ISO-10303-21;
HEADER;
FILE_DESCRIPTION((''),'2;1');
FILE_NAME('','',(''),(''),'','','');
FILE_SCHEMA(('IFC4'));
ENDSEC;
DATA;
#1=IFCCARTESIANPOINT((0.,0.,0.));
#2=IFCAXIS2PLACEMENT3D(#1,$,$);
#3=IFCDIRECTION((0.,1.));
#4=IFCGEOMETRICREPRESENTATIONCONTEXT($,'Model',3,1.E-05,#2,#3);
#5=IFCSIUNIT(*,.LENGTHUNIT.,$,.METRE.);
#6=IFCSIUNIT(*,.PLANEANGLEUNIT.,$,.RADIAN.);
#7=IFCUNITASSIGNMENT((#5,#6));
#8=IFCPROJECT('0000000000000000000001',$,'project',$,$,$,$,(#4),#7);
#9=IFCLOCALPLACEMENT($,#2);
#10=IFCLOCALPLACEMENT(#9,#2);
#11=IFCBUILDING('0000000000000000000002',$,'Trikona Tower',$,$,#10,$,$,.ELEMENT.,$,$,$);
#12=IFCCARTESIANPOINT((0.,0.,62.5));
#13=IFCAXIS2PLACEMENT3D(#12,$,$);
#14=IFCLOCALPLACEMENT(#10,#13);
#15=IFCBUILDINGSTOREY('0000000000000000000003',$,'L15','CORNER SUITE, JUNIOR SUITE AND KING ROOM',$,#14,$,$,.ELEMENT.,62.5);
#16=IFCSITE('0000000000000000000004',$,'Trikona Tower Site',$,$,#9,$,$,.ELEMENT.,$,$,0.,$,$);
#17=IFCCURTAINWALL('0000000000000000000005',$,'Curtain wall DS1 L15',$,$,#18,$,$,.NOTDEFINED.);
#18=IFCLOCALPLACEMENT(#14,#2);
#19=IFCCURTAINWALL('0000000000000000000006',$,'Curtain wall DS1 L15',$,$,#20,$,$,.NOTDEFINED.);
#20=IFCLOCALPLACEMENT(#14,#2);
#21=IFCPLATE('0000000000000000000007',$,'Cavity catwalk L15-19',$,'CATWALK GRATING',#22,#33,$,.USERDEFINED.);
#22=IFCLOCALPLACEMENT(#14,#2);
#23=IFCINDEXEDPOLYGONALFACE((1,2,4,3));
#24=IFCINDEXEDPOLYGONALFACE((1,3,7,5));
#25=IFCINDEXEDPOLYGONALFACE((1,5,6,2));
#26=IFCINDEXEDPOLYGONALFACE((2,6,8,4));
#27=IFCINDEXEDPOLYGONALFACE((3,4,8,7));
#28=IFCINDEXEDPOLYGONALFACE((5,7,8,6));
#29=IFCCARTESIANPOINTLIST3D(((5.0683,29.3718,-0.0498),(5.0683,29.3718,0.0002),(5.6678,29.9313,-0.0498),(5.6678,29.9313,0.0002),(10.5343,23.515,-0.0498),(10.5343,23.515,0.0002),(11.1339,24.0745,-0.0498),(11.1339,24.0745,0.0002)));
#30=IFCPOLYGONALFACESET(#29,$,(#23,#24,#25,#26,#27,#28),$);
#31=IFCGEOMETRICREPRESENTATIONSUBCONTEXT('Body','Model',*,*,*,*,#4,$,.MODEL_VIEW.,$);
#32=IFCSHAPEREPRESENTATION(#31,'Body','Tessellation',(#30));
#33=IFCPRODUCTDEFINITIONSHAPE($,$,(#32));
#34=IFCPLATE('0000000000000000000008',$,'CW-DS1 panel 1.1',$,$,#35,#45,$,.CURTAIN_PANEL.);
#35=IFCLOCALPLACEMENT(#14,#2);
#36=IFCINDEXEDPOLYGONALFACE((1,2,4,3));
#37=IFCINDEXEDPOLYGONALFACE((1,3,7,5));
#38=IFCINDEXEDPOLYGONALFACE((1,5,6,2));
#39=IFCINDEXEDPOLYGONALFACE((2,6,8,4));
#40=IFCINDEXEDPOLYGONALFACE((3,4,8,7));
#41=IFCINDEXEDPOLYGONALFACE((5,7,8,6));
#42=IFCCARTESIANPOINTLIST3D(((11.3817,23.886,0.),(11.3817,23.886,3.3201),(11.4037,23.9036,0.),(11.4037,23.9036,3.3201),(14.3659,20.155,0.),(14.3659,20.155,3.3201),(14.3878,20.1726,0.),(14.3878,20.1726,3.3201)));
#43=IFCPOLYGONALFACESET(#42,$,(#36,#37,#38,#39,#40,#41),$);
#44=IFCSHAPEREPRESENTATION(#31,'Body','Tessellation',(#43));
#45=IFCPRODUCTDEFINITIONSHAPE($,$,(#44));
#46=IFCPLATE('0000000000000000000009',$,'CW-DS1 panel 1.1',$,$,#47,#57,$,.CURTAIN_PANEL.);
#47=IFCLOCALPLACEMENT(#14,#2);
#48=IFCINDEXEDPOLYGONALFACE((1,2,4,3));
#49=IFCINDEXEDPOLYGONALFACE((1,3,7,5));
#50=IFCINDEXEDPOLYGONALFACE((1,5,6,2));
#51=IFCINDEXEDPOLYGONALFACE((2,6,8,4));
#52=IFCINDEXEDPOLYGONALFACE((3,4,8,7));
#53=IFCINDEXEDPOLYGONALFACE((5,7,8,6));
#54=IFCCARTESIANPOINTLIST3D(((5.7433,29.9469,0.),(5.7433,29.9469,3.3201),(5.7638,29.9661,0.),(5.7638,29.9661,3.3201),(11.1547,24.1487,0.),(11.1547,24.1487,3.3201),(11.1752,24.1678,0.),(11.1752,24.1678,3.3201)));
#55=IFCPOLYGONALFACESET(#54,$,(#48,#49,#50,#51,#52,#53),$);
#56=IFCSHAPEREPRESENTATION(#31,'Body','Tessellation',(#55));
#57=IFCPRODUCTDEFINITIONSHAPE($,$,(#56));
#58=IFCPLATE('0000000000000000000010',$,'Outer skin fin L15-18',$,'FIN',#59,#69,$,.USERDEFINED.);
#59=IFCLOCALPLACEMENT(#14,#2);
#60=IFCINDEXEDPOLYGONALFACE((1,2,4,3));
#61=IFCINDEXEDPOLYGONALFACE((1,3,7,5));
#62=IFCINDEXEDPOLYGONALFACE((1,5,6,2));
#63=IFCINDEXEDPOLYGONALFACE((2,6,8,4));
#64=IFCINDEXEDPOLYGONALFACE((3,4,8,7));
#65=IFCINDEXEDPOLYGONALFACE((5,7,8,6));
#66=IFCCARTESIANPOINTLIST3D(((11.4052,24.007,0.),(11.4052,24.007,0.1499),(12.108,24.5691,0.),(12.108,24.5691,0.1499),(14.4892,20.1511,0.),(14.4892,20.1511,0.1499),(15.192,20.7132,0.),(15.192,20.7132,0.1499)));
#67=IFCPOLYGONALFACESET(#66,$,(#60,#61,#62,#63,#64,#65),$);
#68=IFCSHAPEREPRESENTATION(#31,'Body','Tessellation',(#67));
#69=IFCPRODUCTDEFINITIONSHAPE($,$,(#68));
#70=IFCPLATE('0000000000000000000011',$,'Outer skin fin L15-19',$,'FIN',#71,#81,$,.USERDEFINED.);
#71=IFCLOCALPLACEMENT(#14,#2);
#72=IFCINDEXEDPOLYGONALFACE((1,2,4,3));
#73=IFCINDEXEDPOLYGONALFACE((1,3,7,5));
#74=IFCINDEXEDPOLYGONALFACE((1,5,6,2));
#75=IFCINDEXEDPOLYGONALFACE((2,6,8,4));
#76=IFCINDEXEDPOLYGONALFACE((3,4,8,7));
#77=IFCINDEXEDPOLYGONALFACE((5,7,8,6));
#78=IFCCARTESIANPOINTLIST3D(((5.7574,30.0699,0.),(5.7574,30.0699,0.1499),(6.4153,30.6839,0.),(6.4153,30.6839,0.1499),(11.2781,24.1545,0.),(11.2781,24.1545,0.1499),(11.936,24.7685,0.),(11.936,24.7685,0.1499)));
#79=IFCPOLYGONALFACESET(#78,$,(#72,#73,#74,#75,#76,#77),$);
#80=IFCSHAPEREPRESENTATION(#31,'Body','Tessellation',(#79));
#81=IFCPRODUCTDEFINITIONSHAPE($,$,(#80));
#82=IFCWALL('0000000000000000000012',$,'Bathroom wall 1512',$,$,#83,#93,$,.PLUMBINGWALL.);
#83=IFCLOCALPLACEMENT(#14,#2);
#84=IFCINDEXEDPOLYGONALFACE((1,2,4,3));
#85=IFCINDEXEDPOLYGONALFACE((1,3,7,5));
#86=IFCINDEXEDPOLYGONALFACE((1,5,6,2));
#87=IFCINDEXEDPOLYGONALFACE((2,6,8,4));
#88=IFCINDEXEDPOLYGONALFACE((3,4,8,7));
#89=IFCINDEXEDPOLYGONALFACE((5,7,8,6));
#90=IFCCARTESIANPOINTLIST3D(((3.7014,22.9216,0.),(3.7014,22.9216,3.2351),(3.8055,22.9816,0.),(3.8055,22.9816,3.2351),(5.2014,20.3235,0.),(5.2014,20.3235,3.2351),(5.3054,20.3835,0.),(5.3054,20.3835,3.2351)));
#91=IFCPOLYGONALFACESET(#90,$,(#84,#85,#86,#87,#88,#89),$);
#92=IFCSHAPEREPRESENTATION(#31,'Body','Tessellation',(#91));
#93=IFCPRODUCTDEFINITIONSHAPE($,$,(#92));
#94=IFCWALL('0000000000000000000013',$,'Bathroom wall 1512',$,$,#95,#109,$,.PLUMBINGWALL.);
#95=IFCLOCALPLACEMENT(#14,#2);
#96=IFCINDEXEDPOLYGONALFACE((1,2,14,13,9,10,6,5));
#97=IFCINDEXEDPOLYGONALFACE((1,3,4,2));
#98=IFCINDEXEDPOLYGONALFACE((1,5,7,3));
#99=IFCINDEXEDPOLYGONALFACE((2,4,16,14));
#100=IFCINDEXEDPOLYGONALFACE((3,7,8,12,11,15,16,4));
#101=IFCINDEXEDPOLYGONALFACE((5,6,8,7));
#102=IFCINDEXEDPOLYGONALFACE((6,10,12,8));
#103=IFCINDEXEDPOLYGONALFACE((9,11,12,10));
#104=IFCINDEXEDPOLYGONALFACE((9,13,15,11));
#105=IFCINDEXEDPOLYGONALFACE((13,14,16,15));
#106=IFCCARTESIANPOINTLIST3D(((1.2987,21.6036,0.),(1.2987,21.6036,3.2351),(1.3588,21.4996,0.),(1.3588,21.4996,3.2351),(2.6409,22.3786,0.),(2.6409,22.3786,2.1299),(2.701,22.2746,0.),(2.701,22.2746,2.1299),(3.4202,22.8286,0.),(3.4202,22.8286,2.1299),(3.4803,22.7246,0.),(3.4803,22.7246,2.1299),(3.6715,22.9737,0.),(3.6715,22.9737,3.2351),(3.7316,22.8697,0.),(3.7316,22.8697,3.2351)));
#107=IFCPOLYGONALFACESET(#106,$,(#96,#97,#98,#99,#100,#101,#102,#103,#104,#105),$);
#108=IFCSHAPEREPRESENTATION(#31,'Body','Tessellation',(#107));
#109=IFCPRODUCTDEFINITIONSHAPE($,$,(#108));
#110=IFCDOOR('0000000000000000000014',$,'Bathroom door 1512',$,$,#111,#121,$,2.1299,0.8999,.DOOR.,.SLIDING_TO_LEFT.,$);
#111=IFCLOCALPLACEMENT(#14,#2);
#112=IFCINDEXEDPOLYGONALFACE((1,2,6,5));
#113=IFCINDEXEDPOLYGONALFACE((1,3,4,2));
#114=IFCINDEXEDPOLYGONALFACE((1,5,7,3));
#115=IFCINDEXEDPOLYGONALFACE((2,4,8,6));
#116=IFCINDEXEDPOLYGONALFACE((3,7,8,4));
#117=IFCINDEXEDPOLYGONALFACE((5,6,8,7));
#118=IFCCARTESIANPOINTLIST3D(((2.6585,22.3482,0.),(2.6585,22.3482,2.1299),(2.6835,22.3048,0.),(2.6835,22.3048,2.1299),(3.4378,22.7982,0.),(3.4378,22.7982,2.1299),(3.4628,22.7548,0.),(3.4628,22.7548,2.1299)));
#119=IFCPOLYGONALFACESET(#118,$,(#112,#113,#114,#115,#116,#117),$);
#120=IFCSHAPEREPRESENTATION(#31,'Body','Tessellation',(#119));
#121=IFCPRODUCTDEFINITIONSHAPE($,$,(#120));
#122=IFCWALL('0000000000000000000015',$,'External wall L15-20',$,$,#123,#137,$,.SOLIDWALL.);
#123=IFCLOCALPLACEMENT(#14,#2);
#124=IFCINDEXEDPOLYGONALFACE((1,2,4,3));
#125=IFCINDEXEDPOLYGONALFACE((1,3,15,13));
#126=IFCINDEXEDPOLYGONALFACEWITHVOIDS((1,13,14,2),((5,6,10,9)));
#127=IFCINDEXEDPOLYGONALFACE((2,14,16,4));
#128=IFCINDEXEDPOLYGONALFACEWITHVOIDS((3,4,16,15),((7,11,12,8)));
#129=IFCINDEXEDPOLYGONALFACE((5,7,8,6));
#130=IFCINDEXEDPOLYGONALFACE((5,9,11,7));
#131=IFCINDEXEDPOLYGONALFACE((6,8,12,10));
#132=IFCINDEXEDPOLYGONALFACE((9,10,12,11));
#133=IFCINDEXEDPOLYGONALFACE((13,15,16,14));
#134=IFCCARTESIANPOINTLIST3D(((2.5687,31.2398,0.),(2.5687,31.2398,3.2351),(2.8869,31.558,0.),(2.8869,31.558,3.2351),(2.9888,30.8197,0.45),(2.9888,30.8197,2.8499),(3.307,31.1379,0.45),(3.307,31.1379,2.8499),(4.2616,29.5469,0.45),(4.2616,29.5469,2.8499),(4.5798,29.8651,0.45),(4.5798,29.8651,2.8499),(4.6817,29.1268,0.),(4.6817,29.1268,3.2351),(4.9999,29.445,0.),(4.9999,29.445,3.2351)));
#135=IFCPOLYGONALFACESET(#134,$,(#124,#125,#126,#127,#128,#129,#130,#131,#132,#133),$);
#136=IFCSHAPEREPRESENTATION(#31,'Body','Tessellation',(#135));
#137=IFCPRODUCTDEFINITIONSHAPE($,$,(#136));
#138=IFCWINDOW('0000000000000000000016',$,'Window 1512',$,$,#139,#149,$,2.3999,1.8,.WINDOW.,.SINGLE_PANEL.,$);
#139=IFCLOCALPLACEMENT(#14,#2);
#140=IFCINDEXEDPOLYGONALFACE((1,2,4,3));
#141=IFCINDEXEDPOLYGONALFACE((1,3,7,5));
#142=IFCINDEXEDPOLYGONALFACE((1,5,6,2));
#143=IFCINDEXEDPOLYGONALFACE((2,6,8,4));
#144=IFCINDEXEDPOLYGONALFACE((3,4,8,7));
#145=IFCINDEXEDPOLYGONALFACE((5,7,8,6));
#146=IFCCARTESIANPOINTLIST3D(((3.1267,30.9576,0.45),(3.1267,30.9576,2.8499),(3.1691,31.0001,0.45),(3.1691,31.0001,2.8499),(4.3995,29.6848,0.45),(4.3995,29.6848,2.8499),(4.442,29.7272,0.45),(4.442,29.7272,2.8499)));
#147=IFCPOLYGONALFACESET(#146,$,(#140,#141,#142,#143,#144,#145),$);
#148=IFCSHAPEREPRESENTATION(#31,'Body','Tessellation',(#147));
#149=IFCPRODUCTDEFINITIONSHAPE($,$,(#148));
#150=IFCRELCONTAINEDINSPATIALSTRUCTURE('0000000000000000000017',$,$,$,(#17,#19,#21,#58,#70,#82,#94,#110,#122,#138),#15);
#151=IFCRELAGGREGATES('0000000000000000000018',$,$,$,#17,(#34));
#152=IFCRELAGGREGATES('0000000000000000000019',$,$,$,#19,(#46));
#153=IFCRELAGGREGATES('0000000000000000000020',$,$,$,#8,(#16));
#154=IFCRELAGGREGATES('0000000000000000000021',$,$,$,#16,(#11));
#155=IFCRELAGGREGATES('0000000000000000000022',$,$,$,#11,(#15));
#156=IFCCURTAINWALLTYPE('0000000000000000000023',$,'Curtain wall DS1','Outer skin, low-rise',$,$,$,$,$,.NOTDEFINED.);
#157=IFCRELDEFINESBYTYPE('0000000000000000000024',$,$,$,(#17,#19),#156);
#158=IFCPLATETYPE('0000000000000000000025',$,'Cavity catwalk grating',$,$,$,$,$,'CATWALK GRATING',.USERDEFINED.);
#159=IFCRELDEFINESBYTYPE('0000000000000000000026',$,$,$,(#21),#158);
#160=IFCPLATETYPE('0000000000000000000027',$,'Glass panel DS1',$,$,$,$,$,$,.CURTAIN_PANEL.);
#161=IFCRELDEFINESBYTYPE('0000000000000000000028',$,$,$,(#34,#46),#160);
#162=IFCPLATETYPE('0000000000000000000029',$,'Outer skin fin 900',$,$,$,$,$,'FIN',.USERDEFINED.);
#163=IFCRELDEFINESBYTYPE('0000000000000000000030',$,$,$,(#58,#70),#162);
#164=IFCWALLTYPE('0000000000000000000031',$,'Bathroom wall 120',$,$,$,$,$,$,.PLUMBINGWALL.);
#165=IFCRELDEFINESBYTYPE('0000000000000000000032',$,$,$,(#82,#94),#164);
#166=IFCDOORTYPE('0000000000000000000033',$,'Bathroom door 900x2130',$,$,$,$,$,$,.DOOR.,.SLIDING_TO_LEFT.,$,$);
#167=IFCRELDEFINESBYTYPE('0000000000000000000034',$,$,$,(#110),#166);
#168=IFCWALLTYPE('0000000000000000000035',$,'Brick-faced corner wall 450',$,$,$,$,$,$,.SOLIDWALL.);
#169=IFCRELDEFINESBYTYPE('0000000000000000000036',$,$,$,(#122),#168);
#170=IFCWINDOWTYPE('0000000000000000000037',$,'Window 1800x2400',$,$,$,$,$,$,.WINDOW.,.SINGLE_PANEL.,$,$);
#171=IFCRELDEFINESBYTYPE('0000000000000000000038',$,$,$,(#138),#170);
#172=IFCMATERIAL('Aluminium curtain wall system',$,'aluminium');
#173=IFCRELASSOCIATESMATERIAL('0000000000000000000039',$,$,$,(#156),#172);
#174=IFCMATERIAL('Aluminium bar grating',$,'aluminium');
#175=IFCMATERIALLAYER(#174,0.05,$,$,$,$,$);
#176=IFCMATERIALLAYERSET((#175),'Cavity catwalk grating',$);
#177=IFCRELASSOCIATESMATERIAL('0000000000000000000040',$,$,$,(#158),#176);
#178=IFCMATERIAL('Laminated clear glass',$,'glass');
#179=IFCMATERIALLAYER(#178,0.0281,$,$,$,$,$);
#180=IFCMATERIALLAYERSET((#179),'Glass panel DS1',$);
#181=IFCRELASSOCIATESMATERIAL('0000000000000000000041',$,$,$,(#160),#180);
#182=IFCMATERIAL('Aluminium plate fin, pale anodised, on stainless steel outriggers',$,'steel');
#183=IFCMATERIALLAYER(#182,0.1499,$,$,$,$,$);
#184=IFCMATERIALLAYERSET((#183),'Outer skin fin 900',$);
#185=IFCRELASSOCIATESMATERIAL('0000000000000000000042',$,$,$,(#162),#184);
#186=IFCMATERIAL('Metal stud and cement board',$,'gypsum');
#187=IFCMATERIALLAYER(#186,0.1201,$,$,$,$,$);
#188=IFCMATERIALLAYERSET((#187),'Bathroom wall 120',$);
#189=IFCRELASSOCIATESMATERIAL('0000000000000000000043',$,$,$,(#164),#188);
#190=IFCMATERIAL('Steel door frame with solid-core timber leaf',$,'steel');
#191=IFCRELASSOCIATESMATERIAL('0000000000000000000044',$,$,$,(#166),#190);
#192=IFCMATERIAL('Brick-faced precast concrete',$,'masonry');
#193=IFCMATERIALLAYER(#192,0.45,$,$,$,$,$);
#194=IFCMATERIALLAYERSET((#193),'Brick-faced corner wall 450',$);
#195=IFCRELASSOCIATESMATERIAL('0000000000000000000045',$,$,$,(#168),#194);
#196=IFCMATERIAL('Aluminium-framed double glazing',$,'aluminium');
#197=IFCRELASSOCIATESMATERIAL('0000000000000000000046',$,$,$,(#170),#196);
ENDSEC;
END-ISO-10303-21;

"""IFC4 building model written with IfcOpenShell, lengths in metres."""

from ifc_helpers import new_model, si_unit, direction, frame, frame_2d, origin, origin_2d, place, context, subcontext, project, spatial, rectangle, extrude, material, layer, layer_set, type_object, element, fill, aggregate, save


model = new_model("IFC4")

# Units and contexts
model_context = context("Model", 3, precision=1e-05, world=origin(), true_north=direction((0.0, 1.0)))
body_context = subcontext(model_context, "Body", "Model", "MODEL_VIEW")
ifc_project = project(units=[si_unit("LENGTHUNIT", "METRE"), si_unit("PLANEANGLEUNIT", "RADIAN")], contexts=[model_context])

# Site, building, storey
site_placement = place(None, origin())
site = spatial("IfcSite", under=ifc_project, at=site_placement, Name="Trikona Tower Site", CompositionType="ELEMENT", RefElevation=0.0)
building_placement = place(site_placement, origin())
building = spatial("IfcBuilding", under=site, at=building_placement, Name="Trikona Tower", CompositionType="ELEMENT")
storey_placement = place(building_placement, frame((0.0, 0.0, 62.5)))
storey = spatial("IfcBuildingStorey", under=building, at=storey_placement, Name="L15", Description="CORNER SUITE, JUNIOR SUITE AND KING ROOM", CompositionType="ELEMENT", Elevation=62.5)

# Curtain wall
ifc_material_1 = material(Name="Aluminium curtain wall system", Category="aluminium")
curtain_wall_type = type_object("IfcCurtainWallType", Name="Curtain wall DS1", Description="Outer skin, low-rise", PredefinedType="NOTDEFINED", material=ifc_material_1)
curtain_wall_1_placement = place(storey_placement, origin())
curtain_wall_1 = element("IfcCurtainWall", 1, at=curtain_wall_1_placement, inside=storey, type_object=curtain_wall_type, Name="Curtain wall DS1 L15", PredefinedType="NOTDEFINED")

# Curtain wall
curtain_wall_2_placement = place(storey_placement, origin())
curtain_wall_2 = element("IfcCurtainWall", 2, at=curtain_wall_2_placement, inside=storey, type_object=curtain_wall_type, Name="Curtain wall DS1 L15", PredefinedType="NOTDEFINED")

# Plate
ifc_material_2 = material(Name="Aluminium bar grating", Category="aluminium")
ifc_layer_1 = layer(ifc_material_2, 0.05)
ifc_layer_set_1 = layer_set([ifc_layer_1], Name="Cavity catwalk grating")
plate_type_1 = type_object("IfcPlateType", Name="Cavity catwalk grating", ElementType="CATWALK GRATING", PredefinedType="USERDEFINED", material=ifc_layer_set_1)
plate_1_placement = place(storey_placement, frame((8.1011, 26.7231, -0.0498), z_axis=(0.0, 0.0, 1.0), x_axis=(-0.682298, 0.731074, 0.0)))
element("IfcPlate", 3, at=plate_1_placement, inside=storey, type_object=plate_type_1, Name="Cavity catwalk L15-19", ObjectType="CATWALK GRATING", PredefinedType="USERDEFINED", context=body_context, shape_type="SweptSolid", body=[
    extrude(rectangle(XDim=8.0112, YDim=0.8201, at=origin_2d()), origin(), (0.0, 0.0, 1.0), 0.05),
])

# Plates
ifc_material_3 = material(Name="Laminated clear glass", Category="glass")
ifc_layer_2 = layer(ifc_material_3, 0.0281)
ifc_layer_set_2 = layer_set([ifc_layer_2], Name="Glass panel DS1")
plate_type_2 = type_object("IfcPlateType", Name="Glass panel DS1", PredefinedType="CURTAIN_PANEL", material=ifc_layer_set_2)
plate_2_placement = place(storey_placement, frame((12.8848, 22.0293, 0.0), z_axis=(0.0, 0.0, 1.0), x_axis=(-0.624609, 0.780938, 0.0)))
plate_2 = element("IfcPlate", 4, at=plate_2_placement, type_object=plate_type_2, Name="CW-DS1 panel 1.1", PredefinedType="CURTAIN_PANEL", context=body_context, shape_type="SweptSolid", body=[
    extrude(rectangle(XDim=4.7776, YDim=0.0281, at=origin_2d()), origin(), (0.0, 0.0, 1.0), 3.3201),
])
aggregate(curtain_wall_1, [plate_2])
plate_3_placement = place(storey_placement, frame((8.4592, 27.0574, 0.0), z_axis=(0.0, 0.0, 1.0), x_axis=(-0.682295, 0.731077, 0.0)))
plate_3 = element("IfcPlate", 5, at=plate_3_placement, type_object=plate_type_2, Name="CW-DS1 panel 1.1", PredefinedType="CURTAIN_PANEL", context=body_context, shape_type="SweptSolid", body=[
    extrude(rectangle(XDim=7.9312, YDim=0.0281, at=origin_2d()), origin(), (0.0, 0.0, 1.0), 3.3201),
])
aggregate(curtain_wall_2, [plate_3])

# Plates
ifc_material_4 = material(Name="Aluminium plate fin, pale anodised, on stainless steel outriggers", Category="steel")
ifc_layer_3 = layer(ifc_material_4, 0.1499)
ifc_layer_set_3 = layer_set([ifc_layer_3], Name="Outer skin fin 900")
plate_type_3 = type_object("IfcPlateType", Name="Outer skin fin 900", ElementType="FIN", PredefinedType="USERDEFINED", material=ifc_layer_set_3)
plate_4_placement = place(storey_placement, frame((13.2986, 22.3601, 0.0), z_axis=(0.0, 0.0, 1.0), x_axis=(-0.624604, 0.780942, 0.0)))
element("IfcPlate", 6, at=plate_4_placement, inside=storey, type_object=plate_type_3, Name="Outer skin fin L15-18", ObjectType="FIN", PredefinedType="USERDEFINED", context=body_context, shape_type="SweptSolid", body=[
    extrude(rectangle(XDim=4.9375, YDim=0.8999, at=origin_2d()), origin(), (0.0, 0.0, 1.0), 0.1499),
])
plate_5_placement = place(storey_placement, frame((8.8467, 27.4192, 0.0), z_axis=(0.0, 0.0, 1.0), x_axis=(-0.682298, 0.731074, 0.0)))
element("IfcPlate", 7, at=plate_5_placement, inside=storey, type_object=plate_type_3, Name="Outer skin fin L15-19", ObjectType="FIN", PredefinedType="USERDEFINED", context=body_context, shape_type="SweptSolid", body=[
    extrude(rectangle(XDim=8.0913, YDim=0.8999, at=origin_2d()), origin(), (0.0, 0.0, 1.0), 0.1499),
])

# Wall
ifc_material_5 = material(Name="Metal stud and cement board", Category="gypsum")
ifc_layer_4 = layer(ifc_material_5, 0.1201)
ifc_layer_set_4 = layer_set([ifc_layer_4], Name="Bathroom wall 120")
wall_type_1 = type_object("IfcWallType", Name="Bathroom wall 120", PredefinedType="PLUMBINGWALL", material=ifc_layer_set_4)
wall_1_placement = place(storey_placement, frame((5.2534, 20.3535, 0.0), z_axis=(0.0, 0.0, 1.0), x_axis=(-0.49999, 0.866031, 0.0)))
element("IfcWall", 8, at=wall_1_placement, inside=storey, type_object=wall_type_1, Name="Bathroom wall 1512", PredefinedType="PLUMBINGWALL", context=body_context, shape_type="SweptSolid", body=[
    extrude(rectangle(XDim=3.0, YDim=0.1201, at=frame_2d((1.5, 0.0))), origin(), (0.0, 0.0, 1.0), 3.2351),
])

# Wall, opening, door
wall_2_placement = place(storey_placement, frame((1.3286, 21.5515, 0.0), z_axis=(0.0, 0.0, 1.0), x_axis=(0.865997, 0.500049, 0.0)))
wall_2 = element("IfcWall", 9, at=wall_2_placement, inside=storey, type_object=wall_type_1, Name="Bathroom wall 1512", PredefinedType="PLUMBINGWALL", context=body_context, shape_type="SweptSolid", body=[
    extrude(rectangle(XDim=2.74, YDim=0.1201, at=frame_2d((1.3701, 0.0))), origin(), (0.0, 0.0, 1.0), 3.2351),
])
opening_1_placement = place(wall_2_placement, frame((1.55, 0.0, 0.0)))
opening_1 = element("IfcOpeningElement", 10, at=opening_1_placement, cuts=wall_2, PredefinedType="OPENING", context=body_context, shape_type="SweptSolid", body=[
    extrude(rectangle(XDim=0.8999, YDim=2.1299, at=frame_2d((0.45, 1.0649))), frame((0.0, 0.0701, 0.0), z_axis=(0.0, -1.0, 0.0), x_axis=(1.0, 0.0, 0.0)), (0.0, 0.0, 1.0), 0.1401),
])
ifc_material_6 = material(Name="Steel door frame with solid-core timber leaf", Category="steel")
door_type = type_object("IfcDoorType", Name="Bathroom door 900x2130", OperationType="SLIDING_TO_LEFT", PredefinedType="DOOR", material=ifc_material_6)
door_placement = place(opening_1_placement, origin())
door = element("IfcDoor", 11, at=door_placement, inside=storey, type_object=door_type, Name="Bathroom door 1512", OperationType="SLIDING_TO_LEFT", OverallHeight=2.1299, OverallWidth=0.8999, PredefinedType="DOOR", context=body_context, shape_type="SweptSolid", body=[
    extrude(rectangle(XDim=0.8999, YDim=2.1299, at=frame_2d((0.45, 1.0649))), frame((0.0, 0.0249, 0.0), z_axis=(0.0, -1.0, 0.0), x_axis=(1.0, 0.0, 0.0)), (0.0, 0.0, 1.0), 0.05),
])
fill(opening_1, door)

# Wall, opening, window
ifc_material_7 = material(Name="Brick-faced precast concrete", Category="masonry")
ifc_layer_5 = layer(ifc_material_7, 0.45)
ifc_layer_set_5 = layer_set([ifc_layer_5], Name="Brick-faced corner wall 450")
wall_type_2 = type_object("IfcWallType", Name="Brick-faced corner wall 450", PredefinedType="SOLIDWALL", material=ifc_layer_set_5)
wall_3_placement = place(storey_placement, frame((4.8408, 29.2859, 0.0), z_axis=(0.0, 0.0, 1.0), x_axis=(-0.707107, 0.707107, 0.0)))
wall_3 = element("IfcWall", 12, at=wall_3_placement, inside=storey, type_object=wall_type_2, Name="External wall L15-20", PredefinedType="SOLIDWALL", context=body_context, shape_type="SweptSolid", body=[
    extrude(rectangle(XDim=2.9883, YDim=0.45, at=frame_2d((1.4941, 0.0))), origin(), (0.0, 0.0, 1.0), 3.2351),
])
opening_2_placement = place(wall_3_placement, frame((0.5942, 0.0, 0.45)))
opening_2 = element("IfcOpeningElement", 13, at=opening_2_placement, cuts=wall_3, PredefinedType="OPENING", context=body_context, shape_type="SweptSolid", body=[
    extrude(rectangle(XDim=1.8, YDim=2.3999, at=frame_2d((0.8999, 1.2))), frame((0.0, 0.2349, 0.0), z_axis=(0.0, -1.0, 0.0), x_axis=(1.0, 0.0, 0.0)), (0.0, 0.0, 1.0), 0.47),
])
ifc_material_8 = material(Name="Aluminium-framed double glazing", Category="aluminium")
window_type_1 = type_object("IfcWindowType", Name="Window 1800x2400", PartitioningType="SINGLE_PANEL", PredefinedType="WINDOW", material=ifc_material_8)
window_1_placement = place(opening_2_placement, origin())
window_1 = element("IfcWindow", 14, at=window_1_placement, inside=storey, type_object=window_type_1, Name="Window 1512", OverallHeight=2.3999, OverallWidth=1.8, PartitioningType="SINGLE_PANEL", PredefinedType="WINDOW", context=body_context, shape_type="SweptSolid", body=[
    extrude(rectangle(XDim=1.8, YDim=2.3999, at=frame_2d((0.8999, 1.2))), frame((0.0, 0.03, 0.0), z_axis=(0.0, -1.0, 0.0), x_axis=(1.0, 0.0, 0.0)), (0.0, 0.0, 1.0), 0.0601),
])
fill(opening_2, window_1)

save(model, "model.ifc")
